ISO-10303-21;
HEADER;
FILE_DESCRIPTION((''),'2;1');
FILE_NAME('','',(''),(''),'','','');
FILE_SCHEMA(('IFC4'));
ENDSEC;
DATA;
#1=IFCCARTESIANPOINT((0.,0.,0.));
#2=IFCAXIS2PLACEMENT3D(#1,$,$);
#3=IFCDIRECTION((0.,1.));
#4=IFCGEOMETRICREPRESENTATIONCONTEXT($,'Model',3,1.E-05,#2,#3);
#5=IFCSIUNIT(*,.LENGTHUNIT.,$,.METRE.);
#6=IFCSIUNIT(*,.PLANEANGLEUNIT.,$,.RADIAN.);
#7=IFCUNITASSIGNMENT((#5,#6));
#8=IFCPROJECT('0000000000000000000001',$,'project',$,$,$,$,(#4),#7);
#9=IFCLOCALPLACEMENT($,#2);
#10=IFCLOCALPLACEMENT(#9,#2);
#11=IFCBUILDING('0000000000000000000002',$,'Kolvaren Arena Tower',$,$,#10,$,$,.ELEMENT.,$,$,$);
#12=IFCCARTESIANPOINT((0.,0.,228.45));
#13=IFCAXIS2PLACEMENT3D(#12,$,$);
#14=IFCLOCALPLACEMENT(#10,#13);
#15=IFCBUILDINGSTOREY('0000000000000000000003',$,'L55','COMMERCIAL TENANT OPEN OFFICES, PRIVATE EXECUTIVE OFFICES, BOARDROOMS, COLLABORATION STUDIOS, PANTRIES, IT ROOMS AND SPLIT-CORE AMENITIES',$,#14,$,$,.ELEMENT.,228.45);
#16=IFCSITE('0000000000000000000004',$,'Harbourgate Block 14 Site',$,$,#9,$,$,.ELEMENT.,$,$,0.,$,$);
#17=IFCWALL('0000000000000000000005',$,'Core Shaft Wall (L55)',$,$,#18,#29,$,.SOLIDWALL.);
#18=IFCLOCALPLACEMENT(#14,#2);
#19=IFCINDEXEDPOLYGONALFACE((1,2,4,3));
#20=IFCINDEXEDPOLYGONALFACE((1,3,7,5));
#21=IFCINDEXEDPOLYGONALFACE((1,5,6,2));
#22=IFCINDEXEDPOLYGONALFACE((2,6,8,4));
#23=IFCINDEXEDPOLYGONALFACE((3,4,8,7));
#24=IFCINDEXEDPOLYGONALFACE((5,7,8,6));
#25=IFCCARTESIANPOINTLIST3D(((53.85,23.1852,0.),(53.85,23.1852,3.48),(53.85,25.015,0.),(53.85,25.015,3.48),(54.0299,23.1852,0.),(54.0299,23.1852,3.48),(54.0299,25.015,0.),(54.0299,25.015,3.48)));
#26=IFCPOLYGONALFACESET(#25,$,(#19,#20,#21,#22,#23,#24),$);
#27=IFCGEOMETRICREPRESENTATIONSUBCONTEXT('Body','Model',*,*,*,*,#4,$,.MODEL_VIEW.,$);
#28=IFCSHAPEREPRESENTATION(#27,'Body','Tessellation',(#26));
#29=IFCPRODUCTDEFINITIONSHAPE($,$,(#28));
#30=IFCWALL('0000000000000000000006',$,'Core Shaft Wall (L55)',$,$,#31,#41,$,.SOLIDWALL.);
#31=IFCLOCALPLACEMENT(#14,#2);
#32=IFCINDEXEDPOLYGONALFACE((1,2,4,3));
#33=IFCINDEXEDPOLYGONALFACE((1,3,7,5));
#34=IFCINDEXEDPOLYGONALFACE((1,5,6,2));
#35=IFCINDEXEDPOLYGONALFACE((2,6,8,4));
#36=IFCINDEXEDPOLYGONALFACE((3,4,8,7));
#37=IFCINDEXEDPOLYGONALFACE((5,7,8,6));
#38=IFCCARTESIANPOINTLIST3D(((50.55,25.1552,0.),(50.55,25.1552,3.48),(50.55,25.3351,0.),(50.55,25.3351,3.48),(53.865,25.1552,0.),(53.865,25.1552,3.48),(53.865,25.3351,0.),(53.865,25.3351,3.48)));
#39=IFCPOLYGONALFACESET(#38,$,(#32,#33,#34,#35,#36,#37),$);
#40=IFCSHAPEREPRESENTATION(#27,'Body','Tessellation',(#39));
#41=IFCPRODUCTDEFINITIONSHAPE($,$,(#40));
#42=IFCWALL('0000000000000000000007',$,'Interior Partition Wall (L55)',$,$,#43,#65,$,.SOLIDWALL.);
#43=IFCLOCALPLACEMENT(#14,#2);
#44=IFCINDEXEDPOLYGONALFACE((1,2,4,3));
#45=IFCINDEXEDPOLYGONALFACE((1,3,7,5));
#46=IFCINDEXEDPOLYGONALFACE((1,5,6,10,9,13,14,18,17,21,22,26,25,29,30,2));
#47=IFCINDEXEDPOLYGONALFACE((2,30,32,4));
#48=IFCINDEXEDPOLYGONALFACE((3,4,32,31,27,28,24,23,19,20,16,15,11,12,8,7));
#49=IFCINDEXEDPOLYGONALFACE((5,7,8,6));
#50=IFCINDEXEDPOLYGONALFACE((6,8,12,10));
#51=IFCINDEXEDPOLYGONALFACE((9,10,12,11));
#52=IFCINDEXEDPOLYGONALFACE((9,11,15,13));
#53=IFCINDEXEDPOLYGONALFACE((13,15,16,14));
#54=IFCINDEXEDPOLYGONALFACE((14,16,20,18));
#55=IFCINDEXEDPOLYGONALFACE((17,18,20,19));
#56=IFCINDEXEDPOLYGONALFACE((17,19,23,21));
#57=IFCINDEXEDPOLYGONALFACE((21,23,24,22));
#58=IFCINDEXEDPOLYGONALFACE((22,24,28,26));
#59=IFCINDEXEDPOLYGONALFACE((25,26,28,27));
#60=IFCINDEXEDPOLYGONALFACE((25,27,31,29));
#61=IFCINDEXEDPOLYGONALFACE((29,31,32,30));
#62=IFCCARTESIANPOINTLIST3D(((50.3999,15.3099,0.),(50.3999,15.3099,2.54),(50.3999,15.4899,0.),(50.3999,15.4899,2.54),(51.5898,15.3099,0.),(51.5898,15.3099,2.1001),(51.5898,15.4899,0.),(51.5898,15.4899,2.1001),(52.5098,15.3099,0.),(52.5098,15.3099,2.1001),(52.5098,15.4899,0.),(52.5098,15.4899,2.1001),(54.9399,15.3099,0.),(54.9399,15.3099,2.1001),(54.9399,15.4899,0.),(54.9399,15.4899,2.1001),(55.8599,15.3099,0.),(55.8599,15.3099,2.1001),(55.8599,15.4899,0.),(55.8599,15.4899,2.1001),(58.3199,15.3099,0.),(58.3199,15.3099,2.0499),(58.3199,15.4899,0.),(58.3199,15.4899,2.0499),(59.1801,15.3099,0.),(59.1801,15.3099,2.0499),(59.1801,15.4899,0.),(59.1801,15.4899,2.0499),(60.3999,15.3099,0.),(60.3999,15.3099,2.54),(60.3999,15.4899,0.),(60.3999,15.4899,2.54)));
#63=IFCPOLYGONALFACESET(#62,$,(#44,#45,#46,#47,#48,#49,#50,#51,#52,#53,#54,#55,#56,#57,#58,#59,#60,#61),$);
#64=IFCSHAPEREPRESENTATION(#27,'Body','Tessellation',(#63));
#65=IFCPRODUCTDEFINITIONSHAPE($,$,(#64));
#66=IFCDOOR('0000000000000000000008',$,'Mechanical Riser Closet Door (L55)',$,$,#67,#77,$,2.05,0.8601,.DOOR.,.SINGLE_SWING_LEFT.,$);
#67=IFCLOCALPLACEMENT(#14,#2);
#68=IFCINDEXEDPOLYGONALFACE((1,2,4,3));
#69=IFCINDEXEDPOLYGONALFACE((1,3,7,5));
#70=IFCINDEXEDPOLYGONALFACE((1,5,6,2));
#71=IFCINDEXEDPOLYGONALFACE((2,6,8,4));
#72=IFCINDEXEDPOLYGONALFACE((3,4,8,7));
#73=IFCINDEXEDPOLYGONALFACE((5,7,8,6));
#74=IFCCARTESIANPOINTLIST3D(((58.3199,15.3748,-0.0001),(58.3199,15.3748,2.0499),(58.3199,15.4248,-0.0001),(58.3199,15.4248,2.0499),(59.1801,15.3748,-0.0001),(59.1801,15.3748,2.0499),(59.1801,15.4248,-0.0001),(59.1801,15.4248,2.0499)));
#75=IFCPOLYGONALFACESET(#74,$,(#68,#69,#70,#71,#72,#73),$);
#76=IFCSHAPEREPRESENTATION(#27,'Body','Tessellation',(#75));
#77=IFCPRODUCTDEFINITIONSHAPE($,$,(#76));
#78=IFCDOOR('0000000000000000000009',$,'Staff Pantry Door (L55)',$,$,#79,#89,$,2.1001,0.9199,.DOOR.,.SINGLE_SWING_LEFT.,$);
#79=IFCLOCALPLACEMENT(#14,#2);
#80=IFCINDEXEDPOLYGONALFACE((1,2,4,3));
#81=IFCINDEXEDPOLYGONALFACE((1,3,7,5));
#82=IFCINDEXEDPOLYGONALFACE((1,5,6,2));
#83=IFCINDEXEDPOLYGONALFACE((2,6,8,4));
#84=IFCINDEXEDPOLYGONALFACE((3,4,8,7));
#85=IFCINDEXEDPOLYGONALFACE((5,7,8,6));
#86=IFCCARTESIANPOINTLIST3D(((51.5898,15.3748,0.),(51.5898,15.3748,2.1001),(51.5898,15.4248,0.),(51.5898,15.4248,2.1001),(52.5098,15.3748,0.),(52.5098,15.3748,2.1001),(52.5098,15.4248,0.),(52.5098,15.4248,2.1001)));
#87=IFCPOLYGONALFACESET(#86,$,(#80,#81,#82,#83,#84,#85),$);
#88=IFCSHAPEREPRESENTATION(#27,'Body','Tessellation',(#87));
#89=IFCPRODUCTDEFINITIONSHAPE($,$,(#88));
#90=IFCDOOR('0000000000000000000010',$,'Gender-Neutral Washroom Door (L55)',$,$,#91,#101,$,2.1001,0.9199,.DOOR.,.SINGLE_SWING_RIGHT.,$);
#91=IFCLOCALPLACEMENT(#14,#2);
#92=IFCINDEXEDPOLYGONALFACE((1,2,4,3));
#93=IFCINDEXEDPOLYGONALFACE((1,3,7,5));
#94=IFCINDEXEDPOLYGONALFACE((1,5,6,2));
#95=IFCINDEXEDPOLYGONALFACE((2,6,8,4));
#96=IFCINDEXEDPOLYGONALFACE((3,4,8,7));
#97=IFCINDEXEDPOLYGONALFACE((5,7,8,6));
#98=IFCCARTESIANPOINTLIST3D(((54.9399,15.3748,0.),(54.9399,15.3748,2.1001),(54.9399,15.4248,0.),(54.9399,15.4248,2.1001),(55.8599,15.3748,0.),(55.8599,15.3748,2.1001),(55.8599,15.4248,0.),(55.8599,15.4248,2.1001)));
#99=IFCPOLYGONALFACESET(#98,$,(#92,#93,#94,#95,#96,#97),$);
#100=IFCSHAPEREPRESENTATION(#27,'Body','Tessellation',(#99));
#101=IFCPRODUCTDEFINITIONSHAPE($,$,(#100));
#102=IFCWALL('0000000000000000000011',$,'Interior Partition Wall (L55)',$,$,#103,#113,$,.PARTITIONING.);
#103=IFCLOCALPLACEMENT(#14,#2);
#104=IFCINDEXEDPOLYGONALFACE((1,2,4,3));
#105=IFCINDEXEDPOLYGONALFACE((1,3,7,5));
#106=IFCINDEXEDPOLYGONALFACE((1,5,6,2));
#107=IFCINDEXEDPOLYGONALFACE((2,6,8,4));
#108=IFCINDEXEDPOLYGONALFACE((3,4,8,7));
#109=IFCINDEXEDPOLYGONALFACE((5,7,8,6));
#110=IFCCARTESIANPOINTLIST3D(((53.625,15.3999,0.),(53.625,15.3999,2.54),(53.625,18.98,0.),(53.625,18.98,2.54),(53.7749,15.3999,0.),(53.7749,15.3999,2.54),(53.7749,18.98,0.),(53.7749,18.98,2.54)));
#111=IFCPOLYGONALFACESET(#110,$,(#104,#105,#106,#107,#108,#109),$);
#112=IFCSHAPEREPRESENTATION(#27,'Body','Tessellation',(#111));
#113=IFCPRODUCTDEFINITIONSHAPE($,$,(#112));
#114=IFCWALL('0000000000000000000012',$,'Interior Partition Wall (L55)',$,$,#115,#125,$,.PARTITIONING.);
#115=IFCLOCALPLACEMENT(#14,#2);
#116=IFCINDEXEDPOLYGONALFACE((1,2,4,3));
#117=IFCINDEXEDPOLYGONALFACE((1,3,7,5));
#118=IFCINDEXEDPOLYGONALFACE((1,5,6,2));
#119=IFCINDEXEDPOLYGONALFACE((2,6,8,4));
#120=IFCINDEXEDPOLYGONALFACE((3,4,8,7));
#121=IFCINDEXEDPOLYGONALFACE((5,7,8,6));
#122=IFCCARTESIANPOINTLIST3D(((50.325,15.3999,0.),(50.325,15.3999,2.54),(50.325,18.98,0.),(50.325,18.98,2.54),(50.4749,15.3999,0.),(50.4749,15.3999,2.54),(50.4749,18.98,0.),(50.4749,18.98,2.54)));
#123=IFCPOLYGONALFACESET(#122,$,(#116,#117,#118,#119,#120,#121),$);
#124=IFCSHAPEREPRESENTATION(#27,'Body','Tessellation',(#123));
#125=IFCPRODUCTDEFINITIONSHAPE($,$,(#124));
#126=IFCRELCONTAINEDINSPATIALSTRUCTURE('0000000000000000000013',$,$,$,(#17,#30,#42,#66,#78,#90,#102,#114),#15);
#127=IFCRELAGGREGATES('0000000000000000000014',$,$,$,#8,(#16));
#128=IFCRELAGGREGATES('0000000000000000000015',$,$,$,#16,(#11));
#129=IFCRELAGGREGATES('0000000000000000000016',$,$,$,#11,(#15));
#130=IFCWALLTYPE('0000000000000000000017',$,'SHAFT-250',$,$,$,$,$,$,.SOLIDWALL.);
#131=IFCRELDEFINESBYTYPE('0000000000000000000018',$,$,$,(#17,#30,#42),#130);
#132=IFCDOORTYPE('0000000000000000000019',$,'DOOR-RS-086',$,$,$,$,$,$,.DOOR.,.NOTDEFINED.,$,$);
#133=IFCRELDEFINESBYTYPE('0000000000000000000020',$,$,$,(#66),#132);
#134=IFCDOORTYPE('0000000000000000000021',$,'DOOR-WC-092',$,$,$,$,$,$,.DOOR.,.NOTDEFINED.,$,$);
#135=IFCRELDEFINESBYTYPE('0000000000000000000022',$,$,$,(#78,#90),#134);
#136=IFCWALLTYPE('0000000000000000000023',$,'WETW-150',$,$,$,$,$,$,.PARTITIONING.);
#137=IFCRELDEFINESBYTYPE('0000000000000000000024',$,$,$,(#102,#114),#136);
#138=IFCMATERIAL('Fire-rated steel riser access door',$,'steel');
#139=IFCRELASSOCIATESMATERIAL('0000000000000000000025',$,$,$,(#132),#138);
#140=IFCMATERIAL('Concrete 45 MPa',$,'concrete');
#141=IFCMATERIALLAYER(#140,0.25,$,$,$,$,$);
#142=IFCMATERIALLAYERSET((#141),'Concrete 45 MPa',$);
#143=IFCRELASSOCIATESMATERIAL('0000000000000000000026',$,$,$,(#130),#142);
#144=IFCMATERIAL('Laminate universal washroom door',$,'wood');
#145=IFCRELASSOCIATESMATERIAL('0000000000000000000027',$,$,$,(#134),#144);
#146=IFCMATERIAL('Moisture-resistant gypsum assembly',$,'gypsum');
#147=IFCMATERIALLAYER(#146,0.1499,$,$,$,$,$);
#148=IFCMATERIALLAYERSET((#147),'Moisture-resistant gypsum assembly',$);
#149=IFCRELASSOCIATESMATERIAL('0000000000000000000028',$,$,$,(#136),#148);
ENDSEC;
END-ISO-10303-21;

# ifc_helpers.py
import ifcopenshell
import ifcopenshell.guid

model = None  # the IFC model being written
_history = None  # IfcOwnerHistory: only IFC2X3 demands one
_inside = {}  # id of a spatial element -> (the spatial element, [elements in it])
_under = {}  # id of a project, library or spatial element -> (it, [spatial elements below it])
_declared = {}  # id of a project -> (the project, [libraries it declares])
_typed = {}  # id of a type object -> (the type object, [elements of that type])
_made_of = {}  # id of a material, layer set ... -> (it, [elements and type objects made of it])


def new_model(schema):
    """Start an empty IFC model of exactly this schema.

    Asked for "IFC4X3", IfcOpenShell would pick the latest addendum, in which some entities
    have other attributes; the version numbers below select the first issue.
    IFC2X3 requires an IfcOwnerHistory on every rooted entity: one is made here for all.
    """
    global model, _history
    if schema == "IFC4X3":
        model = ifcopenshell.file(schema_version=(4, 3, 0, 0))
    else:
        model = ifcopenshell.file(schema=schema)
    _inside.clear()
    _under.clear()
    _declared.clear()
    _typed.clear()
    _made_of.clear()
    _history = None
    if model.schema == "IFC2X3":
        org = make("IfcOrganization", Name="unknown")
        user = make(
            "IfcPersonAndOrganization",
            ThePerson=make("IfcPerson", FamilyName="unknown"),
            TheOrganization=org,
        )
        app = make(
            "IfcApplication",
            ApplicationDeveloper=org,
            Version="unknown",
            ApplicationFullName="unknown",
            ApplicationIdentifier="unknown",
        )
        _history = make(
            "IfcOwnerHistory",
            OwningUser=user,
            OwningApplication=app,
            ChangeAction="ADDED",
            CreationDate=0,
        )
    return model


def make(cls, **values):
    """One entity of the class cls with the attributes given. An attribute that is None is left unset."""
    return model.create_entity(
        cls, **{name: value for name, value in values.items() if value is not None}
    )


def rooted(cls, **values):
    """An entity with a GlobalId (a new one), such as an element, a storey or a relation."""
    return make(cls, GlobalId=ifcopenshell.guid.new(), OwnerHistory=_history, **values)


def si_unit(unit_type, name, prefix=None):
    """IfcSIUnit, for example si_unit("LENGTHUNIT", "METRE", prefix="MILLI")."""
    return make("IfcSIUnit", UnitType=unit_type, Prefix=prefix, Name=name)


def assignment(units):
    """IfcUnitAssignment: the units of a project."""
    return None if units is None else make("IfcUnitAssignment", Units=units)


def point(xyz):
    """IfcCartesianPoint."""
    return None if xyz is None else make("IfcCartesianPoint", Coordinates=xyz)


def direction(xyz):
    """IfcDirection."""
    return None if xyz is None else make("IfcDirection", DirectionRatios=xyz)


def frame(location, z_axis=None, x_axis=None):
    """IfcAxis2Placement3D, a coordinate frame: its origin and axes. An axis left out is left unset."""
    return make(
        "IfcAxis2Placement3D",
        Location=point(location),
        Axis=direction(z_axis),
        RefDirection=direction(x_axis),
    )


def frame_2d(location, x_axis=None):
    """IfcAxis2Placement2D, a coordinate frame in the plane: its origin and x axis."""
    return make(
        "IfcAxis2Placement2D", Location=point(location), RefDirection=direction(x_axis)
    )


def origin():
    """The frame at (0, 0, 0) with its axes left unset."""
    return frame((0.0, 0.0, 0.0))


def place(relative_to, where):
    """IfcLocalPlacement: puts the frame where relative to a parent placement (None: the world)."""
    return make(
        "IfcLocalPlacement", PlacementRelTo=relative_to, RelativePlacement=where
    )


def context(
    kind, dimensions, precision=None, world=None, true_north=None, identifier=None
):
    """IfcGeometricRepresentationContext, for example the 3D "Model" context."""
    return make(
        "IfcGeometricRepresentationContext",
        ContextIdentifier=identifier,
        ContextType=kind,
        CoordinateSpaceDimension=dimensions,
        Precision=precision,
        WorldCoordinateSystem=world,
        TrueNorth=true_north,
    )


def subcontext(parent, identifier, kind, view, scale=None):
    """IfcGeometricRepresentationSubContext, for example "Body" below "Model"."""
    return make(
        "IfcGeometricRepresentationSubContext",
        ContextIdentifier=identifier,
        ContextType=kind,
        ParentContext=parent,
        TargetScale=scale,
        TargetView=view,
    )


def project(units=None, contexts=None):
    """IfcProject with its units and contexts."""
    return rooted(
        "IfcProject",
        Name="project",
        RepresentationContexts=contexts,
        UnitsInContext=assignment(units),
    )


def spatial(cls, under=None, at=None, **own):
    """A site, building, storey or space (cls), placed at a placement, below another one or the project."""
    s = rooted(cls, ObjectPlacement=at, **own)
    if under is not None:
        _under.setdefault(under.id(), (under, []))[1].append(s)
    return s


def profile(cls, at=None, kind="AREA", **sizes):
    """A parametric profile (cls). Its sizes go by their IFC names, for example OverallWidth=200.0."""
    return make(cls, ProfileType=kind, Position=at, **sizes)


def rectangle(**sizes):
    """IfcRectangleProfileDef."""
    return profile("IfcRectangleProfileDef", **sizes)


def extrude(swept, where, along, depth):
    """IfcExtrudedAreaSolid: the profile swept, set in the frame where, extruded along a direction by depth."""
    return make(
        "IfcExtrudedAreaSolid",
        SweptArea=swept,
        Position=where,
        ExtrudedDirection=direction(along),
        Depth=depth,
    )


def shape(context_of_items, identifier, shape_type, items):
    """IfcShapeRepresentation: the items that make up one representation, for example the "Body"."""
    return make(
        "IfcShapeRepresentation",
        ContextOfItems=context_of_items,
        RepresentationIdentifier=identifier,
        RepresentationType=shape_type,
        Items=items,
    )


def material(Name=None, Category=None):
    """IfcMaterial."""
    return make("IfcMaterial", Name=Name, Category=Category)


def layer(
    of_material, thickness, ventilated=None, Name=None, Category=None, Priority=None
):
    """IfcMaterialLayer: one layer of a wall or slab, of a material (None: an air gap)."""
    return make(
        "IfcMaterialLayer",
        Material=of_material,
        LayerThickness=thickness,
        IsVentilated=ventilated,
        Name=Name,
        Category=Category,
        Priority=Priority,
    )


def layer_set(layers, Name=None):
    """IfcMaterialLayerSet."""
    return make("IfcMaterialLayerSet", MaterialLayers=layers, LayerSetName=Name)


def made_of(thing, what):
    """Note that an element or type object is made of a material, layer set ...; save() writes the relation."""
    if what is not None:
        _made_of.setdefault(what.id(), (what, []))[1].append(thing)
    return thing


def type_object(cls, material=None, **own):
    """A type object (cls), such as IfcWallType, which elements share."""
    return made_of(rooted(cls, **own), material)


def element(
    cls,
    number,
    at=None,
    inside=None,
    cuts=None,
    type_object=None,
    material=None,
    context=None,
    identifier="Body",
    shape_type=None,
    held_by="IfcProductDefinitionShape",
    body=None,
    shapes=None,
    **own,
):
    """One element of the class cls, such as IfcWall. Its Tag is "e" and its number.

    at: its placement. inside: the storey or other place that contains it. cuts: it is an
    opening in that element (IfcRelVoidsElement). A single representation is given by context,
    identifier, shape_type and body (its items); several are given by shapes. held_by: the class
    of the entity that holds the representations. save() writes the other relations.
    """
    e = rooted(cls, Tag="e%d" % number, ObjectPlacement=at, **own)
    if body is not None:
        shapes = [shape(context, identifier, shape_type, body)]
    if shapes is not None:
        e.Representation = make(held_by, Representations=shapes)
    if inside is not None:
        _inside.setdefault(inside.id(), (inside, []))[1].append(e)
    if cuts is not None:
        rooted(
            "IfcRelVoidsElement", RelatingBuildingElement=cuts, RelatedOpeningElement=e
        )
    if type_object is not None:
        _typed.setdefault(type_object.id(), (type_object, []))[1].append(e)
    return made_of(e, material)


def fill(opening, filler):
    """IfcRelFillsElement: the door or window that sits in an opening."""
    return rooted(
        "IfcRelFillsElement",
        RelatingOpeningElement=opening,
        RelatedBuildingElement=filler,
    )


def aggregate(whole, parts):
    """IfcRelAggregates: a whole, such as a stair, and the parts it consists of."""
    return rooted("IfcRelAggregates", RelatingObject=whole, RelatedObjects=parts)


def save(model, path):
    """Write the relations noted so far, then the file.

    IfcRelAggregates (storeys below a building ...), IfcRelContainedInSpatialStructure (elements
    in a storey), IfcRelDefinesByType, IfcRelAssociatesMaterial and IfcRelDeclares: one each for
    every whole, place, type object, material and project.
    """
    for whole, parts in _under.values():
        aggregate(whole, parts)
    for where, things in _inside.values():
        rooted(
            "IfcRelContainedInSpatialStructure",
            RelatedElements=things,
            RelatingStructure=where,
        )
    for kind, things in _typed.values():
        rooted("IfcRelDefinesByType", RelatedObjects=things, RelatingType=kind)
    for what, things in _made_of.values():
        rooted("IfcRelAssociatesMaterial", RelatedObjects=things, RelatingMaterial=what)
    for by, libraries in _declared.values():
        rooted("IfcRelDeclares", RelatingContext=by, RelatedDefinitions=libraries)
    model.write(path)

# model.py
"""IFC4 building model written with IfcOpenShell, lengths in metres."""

from ifc_helpers import new_model, si_unit, direction, frame, frame_2d, origin, place, context, subcontext, project, spatial, rectangle, extrude, material, layer, layer_set, type_object, element, fill, save


model = new_model("IFC4")

# Units and contexts
model_context = context("Model", 3, precision=1e-05, world=origin(), true_north=direction((0.0, 1.0)))
body_context = subcontext(model_context, "Body", "Model", "MODEL_VIEW")
ifc_project = project(units=[si_unit("LENGTHUNIT", "METRE"), si_unit("PLANEANGLEUNIT", "RADIAN")], contexts=[model_context])

# Site, building, storey
site_placement = place(None, origin())
site = spatial("IfcSite", under=ifc_project, at=site_placement, Name="Harbourgate Block 14 Site", CompositionType="ELEMENT", RefElevation=0.0)
building_placement = place(site_placement, origin())
building = spatial("IfcBuilding", under=site, at=building_placement, Name="Kolvaren Arena Tower", CompositionType="ELEMENT")
storey_placement = place(building_placement, frame((0.0, 0.0, 228.45)))
storey = spatial("IfcBuildingStorey", under=building, at=storey_placement, Name="L55", Description="COMMERCIAL TENANT OPEN OFFICES, PRIVATE EXECUTIVE OFFICES, BOARDROOMS, COLLABORATION STUDIOS, PANTRIES, IT ROOMS AND SPLIT-CORE AMENITIES", CompositionType="ELEMENT", Elevation=228.45)

# Shared definitions
ifc_material_1 = material(Name="Fire-rated steel riser access door", Category="steel")
door_type_1 = type_object("IfcDoorType", Name="DOOR-RS-086", OperationType="NOTDEFINED", PredefinedType="DOOR", material=ifc_material_1)
ifc_material_2 = material(Name="Concrete 45 MPa", Category="concrete")
ifc_layer_1 = layer(ifc_material_2, 0.25)
ifc_layer_set_1 = layer_set([ifc_layer_1], Name="Concrete 45 MPa")
wall_type_1 = type_object("IfcWallType", Name="SHAFT-250", PredefinedType="SOLIDWALL", material=ifc_layer_set_1)

# Walls
wall_1_placement = place(storey_placement, frame((53.9399, 23.1851, 0.0), z_axis=(0.0, 0.0, 1.0), x_axis=(0.0, 1.0, 0.0)))
element("IfcWall", 1, at=wall_1_placement, inside=storey, type_object=wall_type_1, Name="Core Shaft Wall (L55)", PredefinedType="SOLIDWALL", context=body_context, shape_type="SweptSolid", body=[
    extrude(rectangle(XDim=1.8298, YDim=0.1799, at=frame_2d((0.915, 0.0))), origin(), (0.0, 0.0, 1.0), 3.48),
])
wall_2_placement = place(storey_placement, frame((50.55, 25.2451, 0.0), z_axis=(0.0, 0.0, 1.0), x_axis=(1.0, 0.0, 0.0)))
element("IfcWall", 2, at=wall_2_placement, inside=storey, type_object=wall_type_1, Name="Core Shaft Wall (L55)", PredefinedType="SOLIDWALL", context=body_context, shape_type="SweptSolid", body=[
    extrude(rectangle(XDim=3.3149, YDim=0.1799, at=frame_2d((1.6575, 0.0))), origin(), (0.0, 0.0, 1.0), 3.48),
])

# Wall, openings, doors
wall_3_placement = place(storey_placement, frame((50.3999, 15.3999, 0.0), z_axis=(0.0, 0.0, 1.0), x_axis=(1.0, 0.0, 0.0)))
wall_3 = element("IfcWall", 3, at=wall_3_placement, inside=storey, type_object=wall_type_1, Name="Interior Partition Wall (L55)", PredefinedType="SOLIDWALL", context=body_context, shape_type="SweptSolid", body=[
    extrude(rectangle(XDim=10.0, YDim=0.1799, at=frame_2d((5.0, 0.0))), origin(), (0.0, 0.0, 1.0), 2.54),
])
opening_1_placement = place(wall_3_placement, frame((1.1899, 0.0, 0.0)))
opening_1 = element("IfcOpeningElement", 4, at=opening_1_placement, cuts=wall_3, PredefinedType="OPENING", context=body_context, shape_type="SweptSolid", body=[
    extrude(rectangle(XDim=0.9199, YDim=2.1001, at=frame_2d((0.46, 1.05))), frame((0.0, 0.0999, 0.0), z_axis=(0.0, -1.0, 0.0), x_axis=(1.0, 0.0, 0.0)), (0.0, 0.0, 1.0), 0.2),
])
opening_2_placement = place(wall_3_placement, frame((4.54, 0.0, 0.0)))
opening_2 = element("IfcOpeningElement", 5, at=opening_2_placement, cuts=wall_3, PredefinedType="OPENING", context=body_context, shape_type="SweptSolid", body=[
    extrude(rectangle(XDim=0.9199, YDim=2.1001, at=frame_2d((0.46, 1.05))), frame((0.0, 0.0999, 0.0), z_axis=(0.0, -1.0, 0.0), x_axis=(1.0, 0.0, 0.0)), (0.0, 0.0, 1.0), 0.2),
])
opening_3_placement = place(wall_3_placement, frame((7.9199, 0.0, 0.0)))
opening_3 = element("IfcOpeningElement", 6, at=opening_3_placement, cuts=wall_3, PredefinedType="OPENING", context=body_context, shape_type="SweptSolid", body=[
    extrude(rectangle(XDim=0.8601, YDim=2.05, at=frame_2d((0.4302, 1.0249))), frame((0.0, 0.0999, 0.0), z_axis=(0.0, -1.0, 0.0), x_axis=(1.0, 0.0, 0.0)), (0.0, 0.0, 1.0), 0.2),
])
door_1_placement = place(opening_3_placement, origin())
door_1 = element("IfcDoor", 7, at=door_1_placement, inside=storey, type_object=door_type_1, Name="Mechanical Riser Closet Door (L55)", OperationType="SINGLE_SWING_LEFT", OverallHeight=2.05, OverallWidth=0.8601, PredefinedType="DOOR", context=body_context, shape_type="SweptSolid", body=[
    extrude(rectangle(XDim=0.8601, YDim=2.05, at=frame_2d((0.4302, 1.0249))), frame((0.0, 0.0249, 0.0), z_axis=(0.0, -1.0, 0.0), x_axis=(1.0, 0.0, 0.0)), (0.0, 0.0, 1.0), 0.05),
])
fill(opening_3, door_1)
ifc_material_3 = material(Name="Laminate universal washroom door", Category="wood")
door_type_2 = type_object("IfcDoorType", Name="DOOR-WC-092", OperationType="NOTDEFINED", PredefinedType="DOOR", material=ifc_material_3)
door_2_placement = place(opening_1_placement, origin())
door_2 = element("IfcDoor", 8, at=door_2_placement, inside=storey, type_object=door_type_2, Name="Staff Pantry Door (L55)", OperationType="SINGLE_SWING_LEFT", OverallHeight=2.1001, OverallWidth=0.9199, PredefinedType="DOOR", context=body_context, shape_type="SweptSolid", body=[
    extrude(rectangle(XDim=0.9199, YDim=2.1001, at=frame_2d((0.46, 1.05))), frame((0.0, 0.0249, 0.0), z_axis=(0.0, -1.0, 0.0), x_axis=(1.0, 0.0, 0.0)), (0.0, 0.0, 1.0), 0.05),
])
fill(opening_1, door_2)
door_3_placement = place(opening_2_placement, origin())
door_3 = element("IfcDoor", 9, at=door_3_placement, inside=storey, type_object=door_type_2, Name="Gender-Neutral Washroom Door (L55)", OperationType="SINGLE_SWING_RIGHT", OverallHeight=2.1001, OverallWidth=0.9199, PredefinedType="DOOR", context=body_context, shape_type="SweptSolid", body=[
    extrude(rectangle(XDim=0.9199, YDim=2.1001, at=frame_2d((0.46, 1.05))), frame((0.0, 0.0249, 0.0), z_axis=(0.0, -1.0, 0.0), x_axis=(1.0, 0.0, 0.0)), (0.0, 0.0, 1.0), 0.05),
])
fill(opening_2, door_3)

# Walls
ifc_material_4 = material(Name="Moisture-resistant gypsum assembly", Category="gypsum")
ifc_layer_2 = layer(ifc_material_4, 0.1499)
ifc_layer_set_2 = layer_set([ifc_layer_2], Name="Moisture-resistant gypsum assembly")
wall_type_2 = type_object("IfcWallType", Name="WETW-150", PredefinedType="PARTITIONING", material=ifc_layer_set_2)
for number, where, z_axis, x_axis, name in (
    (10, (53.7, 15.3999, 0.0), (0.0, 0.0, 1.0), (0.0, 1.0, 0.0), "Interior Partition Wall (L55)"),
    (11, (50.3999, 15.3999, 0.0), (0.0, 0.0, 1.0), (0.0, 1.0, 0.0), "Interior Partition Wall (L55)"),
):
    element("IfcWall", number, at=place(storey_placement, frame(where, z_axis=z_axis, x_axis=x_axis)), inside=storey, type_object=wall_type_2, Name=name, PredefinedType="PARTITIONING", context=body_context, shape_type="SweptSolid", body=[
        extrude(rectangle(XDim=3.5801, YDim=0.1499, at=frame_2d((1.79, 0.0))), origin(), (0.0, 0.0, 1.0), 2.54),
    ])

save(model, "model.ifc")
